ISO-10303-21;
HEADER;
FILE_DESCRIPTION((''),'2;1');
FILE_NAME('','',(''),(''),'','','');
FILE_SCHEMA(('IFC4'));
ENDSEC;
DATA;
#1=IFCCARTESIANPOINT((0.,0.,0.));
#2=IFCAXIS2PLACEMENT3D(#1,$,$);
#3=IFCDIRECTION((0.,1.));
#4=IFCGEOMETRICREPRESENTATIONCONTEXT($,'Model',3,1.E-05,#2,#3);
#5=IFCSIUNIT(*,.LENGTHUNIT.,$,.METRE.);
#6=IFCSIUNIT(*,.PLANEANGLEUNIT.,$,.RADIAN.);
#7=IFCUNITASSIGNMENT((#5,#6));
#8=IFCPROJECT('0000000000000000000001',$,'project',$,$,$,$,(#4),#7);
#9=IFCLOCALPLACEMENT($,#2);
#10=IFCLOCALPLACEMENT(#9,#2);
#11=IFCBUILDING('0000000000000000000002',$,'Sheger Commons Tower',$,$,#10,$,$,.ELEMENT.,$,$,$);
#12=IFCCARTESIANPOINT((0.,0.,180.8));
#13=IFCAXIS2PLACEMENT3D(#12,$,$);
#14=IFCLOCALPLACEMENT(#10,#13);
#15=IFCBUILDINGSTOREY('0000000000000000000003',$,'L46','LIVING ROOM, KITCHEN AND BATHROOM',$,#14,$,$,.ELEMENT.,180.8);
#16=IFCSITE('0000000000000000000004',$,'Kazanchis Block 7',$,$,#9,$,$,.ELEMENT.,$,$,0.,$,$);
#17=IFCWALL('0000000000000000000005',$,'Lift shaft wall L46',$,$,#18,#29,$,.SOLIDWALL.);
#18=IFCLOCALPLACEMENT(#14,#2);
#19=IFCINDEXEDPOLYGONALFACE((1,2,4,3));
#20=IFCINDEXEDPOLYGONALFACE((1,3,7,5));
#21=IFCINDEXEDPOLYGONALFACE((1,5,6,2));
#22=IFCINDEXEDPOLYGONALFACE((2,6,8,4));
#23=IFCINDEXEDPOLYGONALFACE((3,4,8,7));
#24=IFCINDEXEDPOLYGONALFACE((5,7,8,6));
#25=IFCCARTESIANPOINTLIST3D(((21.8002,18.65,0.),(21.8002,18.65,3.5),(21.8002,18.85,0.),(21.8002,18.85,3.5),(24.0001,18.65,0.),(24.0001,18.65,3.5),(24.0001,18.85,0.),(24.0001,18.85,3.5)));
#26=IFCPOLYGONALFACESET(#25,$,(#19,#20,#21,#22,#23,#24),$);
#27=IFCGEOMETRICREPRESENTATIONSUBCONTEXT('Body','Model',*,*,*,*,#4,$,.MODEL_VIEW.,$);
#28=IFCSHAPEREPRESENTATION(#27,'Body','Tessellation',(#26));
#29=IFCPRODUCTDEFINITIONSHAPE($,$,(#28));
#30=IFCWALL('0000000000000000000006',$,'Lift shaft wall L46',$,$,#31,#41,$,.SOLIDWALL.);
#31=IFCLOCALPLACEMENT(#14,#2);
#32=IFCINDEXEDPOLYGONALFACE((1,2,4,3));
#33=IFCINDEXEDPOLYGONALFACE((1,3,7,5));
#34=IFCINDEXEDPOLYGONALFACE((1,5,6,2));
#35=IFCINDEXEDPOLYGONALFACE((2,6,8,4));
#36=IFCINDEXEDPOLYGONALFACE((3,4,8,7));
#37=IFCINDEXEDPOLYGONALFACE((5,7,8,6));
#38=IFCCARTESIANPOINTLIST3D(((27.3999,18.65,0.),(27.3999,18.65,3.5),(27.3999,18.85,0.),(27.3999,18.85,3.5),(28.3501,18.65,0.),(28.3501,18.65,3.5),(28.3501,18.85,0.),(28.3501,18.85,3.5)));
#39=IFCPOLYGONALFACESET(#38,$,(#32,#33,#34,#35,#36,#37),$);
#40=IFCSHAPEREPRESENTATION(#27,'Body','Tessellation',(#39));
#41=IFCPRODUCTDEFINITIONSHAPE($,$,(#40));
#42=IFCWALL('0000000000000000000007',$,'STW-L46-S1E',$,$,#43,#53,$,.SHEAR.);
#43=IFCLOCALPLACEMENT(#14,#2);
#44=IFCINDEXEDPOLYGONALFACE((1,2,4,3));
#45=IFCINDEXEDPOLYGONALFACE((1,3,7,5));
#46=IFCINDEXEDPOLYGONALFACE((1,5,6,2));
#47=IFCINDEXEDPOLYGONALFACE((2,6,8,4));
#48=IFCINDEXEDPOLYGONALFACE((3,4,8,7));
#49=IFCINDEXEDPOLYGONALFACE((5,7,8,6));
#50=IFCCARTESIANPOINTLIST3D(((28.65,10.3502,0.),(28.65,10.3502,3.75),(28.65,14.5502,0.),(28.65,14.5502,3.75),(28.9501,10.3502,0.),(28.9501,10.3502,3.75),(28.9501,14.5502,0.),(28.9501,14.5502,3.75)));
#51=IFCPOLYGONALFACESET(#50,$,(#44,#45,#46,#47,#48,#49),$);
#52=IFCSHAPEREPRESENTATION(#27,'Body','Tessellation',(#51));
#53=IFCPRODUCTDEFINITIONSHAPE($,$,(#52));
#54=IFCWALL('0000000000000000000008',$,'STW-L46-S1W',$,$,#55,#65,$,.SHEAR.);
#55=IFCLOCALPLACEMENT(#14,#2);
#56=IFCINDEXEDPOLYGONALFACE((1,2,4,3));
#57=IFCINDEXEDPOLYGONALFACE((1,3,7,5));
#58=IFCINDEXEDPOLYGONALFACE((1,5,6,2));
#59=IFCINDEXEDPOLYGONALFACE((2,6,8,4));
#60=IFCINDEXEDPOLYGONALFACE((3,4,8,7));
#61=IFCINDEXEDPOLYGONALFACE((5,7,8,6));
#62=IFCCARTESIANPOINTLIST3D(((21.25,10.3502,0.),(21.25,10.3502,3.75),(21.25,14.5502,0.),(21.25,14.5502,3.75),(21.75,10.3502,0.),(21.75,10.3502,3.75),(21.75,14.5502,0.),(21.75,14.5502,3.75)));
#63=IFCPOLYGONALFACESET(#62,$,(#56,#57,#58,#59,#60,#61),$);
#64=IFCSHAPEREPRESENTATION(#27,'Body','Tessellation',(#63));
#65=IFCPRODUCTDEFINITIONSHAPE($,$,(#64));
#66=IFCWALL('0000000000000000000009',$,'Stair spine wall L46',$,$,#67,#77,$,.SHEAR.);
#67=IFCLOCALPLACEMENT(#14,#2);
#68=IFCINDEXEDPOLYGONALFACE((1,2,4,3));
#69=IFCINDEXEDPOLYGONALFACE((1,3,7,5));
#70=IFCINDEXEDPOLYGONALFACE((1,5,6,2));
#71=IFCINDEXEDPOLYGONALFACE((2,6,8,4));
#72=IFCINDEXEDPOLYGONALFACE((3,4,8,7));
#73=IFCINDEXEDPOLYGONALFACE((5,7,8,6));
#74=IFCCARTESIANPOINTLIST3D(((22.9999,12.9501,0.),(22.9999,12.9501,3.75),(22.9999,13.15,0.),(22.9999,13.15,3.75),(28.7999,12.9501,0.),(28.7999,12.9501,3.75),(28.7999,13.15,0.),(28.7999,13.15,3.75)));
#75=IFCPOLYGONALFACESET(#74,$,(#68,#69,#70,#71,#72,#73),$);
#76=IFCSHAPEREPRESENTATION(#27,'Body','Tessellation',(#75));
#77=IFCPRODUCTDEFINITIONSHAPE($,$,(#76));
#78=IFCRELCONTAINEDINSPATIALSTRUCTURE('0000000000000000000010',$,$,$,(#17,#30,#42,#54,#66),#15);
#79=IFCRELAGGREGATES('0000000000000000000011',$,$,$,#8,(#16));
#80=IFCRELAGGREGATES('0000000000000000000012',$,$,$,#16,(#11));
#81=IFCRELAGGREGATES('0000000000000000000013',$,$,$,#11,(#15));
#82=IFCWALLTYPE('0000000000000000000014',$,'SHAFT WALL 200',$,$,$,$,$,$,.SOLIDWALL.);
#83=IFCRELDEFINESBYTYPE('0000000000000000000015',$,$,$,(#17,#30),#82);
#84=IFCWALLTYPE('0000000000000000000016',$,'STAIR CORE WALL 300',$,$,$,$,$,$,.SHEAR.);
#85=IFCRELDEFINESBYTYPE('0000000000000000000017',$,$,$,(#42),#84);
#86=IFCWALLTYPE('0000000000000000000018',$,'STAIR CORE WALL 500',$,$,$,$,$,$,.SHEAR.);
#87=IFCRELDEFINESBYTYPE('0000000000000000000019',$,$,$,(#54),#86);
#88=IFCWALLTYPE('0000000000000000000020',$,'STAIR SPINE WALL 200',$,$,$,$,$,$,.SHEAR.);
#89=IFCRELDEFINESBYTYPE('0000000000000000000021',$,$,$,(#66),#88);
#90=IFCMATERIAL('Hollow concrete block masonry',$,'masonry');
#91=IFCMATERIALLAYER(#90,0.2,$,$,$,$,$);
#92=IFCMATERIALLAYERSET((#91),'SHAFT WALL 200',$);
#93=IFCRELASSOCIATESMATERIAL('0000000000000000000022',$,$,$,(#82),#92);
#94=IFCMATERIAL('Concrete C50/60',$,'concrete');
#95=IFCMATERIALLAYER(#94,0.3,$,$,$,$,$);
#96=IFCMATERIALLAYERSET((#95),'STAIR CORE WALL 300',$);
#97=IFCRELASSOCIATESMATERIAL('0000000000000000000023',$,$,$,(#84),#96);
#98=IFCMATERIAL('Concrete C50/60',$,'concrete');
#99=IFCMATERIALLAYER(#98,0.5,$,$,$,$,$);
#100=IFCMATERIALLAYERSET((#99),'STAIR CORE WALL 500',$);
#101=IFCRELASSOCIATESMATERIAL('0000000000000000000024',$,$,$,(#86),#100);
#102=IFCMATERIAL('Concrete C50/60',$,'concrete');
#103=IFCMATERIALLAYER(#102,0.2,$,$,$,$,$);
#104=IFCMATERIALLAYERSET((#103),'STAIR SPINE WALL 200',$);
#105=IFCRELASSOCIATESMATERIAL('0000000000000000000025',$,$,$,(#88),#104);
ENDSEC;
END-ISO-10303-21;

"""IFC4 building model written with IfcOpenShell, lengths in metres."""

from ifc_helpers import new_model, si_unit, direction, frame, frame_2d, origin, place, context, subcontext, project, spatial, rectangle, extrude, material, layer, layer_set, type_object, element, save


model = new_model("IFC4")

# Units and contexts
model_context = context("Model", 3, precision=1e-05, world=origin(), true_north=direction((0.0, 1.0)))
body_context = subcontext(model_context, "Body", "Model", "MODEL_VIEW")
ifc_project = project(units=[si_unit("LENGTHUNIT", "METRE"), si_unit("PLANEANGLEUNIT", "RADIAN")], contexts=[model_context])

# Site, building, storey
site_placement = place(None, origin())
site = spatial("IfcSite", under=ifc_project, at=site_placement, Name="Kazanchis Block 7", CompositionType="ELEMENT", RefElevation=0.0)
building_placement = place(site_placement, origin())
building = spatial("IfcBuilding", under=site, at=building_placement, Name="Sheger Commons Tower", CompositionType="ELEMENT")
storey_placement = place(building_placement, frame((0.0, 0.0, 180.8)))
storey = spatial("IfcBuildingStorey", under=building, at=storey_placement, Name="L46", Description="LIVING ROOM, KITCHEN AND BATHROOM", CompositionType="ELEMENT", Elevation=180.8)

# Walls
ifc_material_1 = material(Name="Hollow concrete block masonry", Category="masonry")
ifc_layer_1 = layer(ifc_material_1, 0.2)
ifc_layer_set_1 = layer_set([ifc_layer_1], Name="SHAFT WALL 200")
wall_type_1 = type_object("IfcWallType", Name="SHAFT WALL 200", PredefinedType="SOLIDWALL", material=ifc_layer_set_1)
wall_1_placement = place(storey_placement, frame((21.8, 18.75, 0.0), z_axis=(0.0, 0.0, 1.0), x_axis=(1.0, 0.0, 0.0)))
element("IfcWall", 1, at=wall_1_placement, inside=storey, type_object=wall_type_1, Name="Lift shaft wall L46", PredefinedType="SOLIDWALL", context=body_context, shape_type="SweptSolid", body=[
    extrude(rectangle(XDim=2.2, YDim=0.2, at=frame_2d((1.1001, 0.0))), origin(), (0.0, 0.0, 1.0), 3.5),
])
wall_2_placement = place(storey_placement, frame((27.3999, 18.75, 0.0), z_axis=(0.0, 0.0, 1.0), x_axis=(1.0, 0.0, 0.0)))
element("IfcWall", 2, at=wall_2_placement, inside=storey, type_object=wall_type_1, Name="Lift shaft wall L46", PredefinedType="SOLIDWALL", context=body_context, shape_type="SweptSolid", body=[
    extrude(rectangle(XDim=0.9502, YDim=0.2, at=frame_2d((0.4751, 0.0))), origin(), (0.0, 0.0, 1.0), 3.5),
])
ifc_material_2 = material(Name="Concrete C50/60", Category="concrete")
ifc_layer_2 = layer(ifc_material_2, 0.3)
ifc_layer_set_2 = layer_set([ifc_layer_2], Name="STAIR CORE WALL 300")
wall_type_2 = type_object("IfcWallType", Name="STAIR CORE WALL 300", PredefinedType="SHEAR", material=ifc_layer_set_2)
wall_3_placement = place(storey_placement, frame((28.8, 10.3501, 0.0), z_axis=(0.0, 0.0, 1.0), x_axis=(0.0, 1.0, 0.0)))
element("IfcWall", 3, at=wall_3_placement, inside=storey, type_object=wall_type_2, Name="STW-L46-S1E", PredefinedType="SHEAR", context=body_context, shape_type="SweptSolid", body=[
    extrude(rectangle(XDim=4.2, YDim=0.3, at=frame_2d((2.1001, 0.0))), origin(), (0.0, 0.0, 1.0), 3.75),
])
ifc_material_3 = material(Name="Concrete C50/60", Category="concrete")
ifc_layer_3 = layer(ifc_material_3, 0.5)
ifc_layer_set_3 = layer_set([ifc_layer_3], Name="STAIR CORE WALL 500")
wall_type_3 = type_object("IfcWallType", Name="STAIR CORE WALL 500", PredefinedType="SHEAR", material=ifc_layer_set_3)
wall_4_placement = place(storey_placement, frame((21.5, 10.3501, 0.0), z_axis=(0.0, 0.0, 1.0), x_axis=(0.0, 1.0, 0.0)))
element("IfcWall", 4, at=wall_4_placement, inside=storey, type_object=wall_type_3, Name="STW-L46-S1W", PredefinedType="SHEAR", context=body_context, shape_type="SweptSolid", body=[
    extrude(rectangle(XDim=4.2, YDim=0.5, at=frame_2d((2.1001, 0.0))), origin(), (0.0, 0.0, 1.0), 3.75),
])
ifc_material_4 = material(Name="Concrete C50/60", Category="concrete")
ifc_layer_4 = layer(ifc_material_4, 0.2)
ifc_layer_set_4 = layer_set([ifc_layer_4], Name="STAIR SPINE WALL 200")
wall_type_4 = type_object("IfcWallType", Name="STAIR SPINE WALL 200", PredefinedType="SHEAR", material=ifc_layer_set_4)
wall_5_placement = place(storey_placement, frame((23.0, 13.05, 0.0), z_axis=(0.0, 0.0, 1.0), x_axis=(1.0, 0.0, 0.0)))
element("IfcWall", 5, at=wall_5_placement, inside=storey, type_object=wall_type_4, Name="Stair spine wall L46", PredefinedType="SHEAR", context=body_context, shape_type="SweptSolid", body=[
    extrude(rectangle(XDim=5.8, YDim=0.2, at=frame_2d((2.8999, 0.0))), origin(), (0.0, 0.0, 1.0), 3.75),
])

save(model, "model.ifc")
